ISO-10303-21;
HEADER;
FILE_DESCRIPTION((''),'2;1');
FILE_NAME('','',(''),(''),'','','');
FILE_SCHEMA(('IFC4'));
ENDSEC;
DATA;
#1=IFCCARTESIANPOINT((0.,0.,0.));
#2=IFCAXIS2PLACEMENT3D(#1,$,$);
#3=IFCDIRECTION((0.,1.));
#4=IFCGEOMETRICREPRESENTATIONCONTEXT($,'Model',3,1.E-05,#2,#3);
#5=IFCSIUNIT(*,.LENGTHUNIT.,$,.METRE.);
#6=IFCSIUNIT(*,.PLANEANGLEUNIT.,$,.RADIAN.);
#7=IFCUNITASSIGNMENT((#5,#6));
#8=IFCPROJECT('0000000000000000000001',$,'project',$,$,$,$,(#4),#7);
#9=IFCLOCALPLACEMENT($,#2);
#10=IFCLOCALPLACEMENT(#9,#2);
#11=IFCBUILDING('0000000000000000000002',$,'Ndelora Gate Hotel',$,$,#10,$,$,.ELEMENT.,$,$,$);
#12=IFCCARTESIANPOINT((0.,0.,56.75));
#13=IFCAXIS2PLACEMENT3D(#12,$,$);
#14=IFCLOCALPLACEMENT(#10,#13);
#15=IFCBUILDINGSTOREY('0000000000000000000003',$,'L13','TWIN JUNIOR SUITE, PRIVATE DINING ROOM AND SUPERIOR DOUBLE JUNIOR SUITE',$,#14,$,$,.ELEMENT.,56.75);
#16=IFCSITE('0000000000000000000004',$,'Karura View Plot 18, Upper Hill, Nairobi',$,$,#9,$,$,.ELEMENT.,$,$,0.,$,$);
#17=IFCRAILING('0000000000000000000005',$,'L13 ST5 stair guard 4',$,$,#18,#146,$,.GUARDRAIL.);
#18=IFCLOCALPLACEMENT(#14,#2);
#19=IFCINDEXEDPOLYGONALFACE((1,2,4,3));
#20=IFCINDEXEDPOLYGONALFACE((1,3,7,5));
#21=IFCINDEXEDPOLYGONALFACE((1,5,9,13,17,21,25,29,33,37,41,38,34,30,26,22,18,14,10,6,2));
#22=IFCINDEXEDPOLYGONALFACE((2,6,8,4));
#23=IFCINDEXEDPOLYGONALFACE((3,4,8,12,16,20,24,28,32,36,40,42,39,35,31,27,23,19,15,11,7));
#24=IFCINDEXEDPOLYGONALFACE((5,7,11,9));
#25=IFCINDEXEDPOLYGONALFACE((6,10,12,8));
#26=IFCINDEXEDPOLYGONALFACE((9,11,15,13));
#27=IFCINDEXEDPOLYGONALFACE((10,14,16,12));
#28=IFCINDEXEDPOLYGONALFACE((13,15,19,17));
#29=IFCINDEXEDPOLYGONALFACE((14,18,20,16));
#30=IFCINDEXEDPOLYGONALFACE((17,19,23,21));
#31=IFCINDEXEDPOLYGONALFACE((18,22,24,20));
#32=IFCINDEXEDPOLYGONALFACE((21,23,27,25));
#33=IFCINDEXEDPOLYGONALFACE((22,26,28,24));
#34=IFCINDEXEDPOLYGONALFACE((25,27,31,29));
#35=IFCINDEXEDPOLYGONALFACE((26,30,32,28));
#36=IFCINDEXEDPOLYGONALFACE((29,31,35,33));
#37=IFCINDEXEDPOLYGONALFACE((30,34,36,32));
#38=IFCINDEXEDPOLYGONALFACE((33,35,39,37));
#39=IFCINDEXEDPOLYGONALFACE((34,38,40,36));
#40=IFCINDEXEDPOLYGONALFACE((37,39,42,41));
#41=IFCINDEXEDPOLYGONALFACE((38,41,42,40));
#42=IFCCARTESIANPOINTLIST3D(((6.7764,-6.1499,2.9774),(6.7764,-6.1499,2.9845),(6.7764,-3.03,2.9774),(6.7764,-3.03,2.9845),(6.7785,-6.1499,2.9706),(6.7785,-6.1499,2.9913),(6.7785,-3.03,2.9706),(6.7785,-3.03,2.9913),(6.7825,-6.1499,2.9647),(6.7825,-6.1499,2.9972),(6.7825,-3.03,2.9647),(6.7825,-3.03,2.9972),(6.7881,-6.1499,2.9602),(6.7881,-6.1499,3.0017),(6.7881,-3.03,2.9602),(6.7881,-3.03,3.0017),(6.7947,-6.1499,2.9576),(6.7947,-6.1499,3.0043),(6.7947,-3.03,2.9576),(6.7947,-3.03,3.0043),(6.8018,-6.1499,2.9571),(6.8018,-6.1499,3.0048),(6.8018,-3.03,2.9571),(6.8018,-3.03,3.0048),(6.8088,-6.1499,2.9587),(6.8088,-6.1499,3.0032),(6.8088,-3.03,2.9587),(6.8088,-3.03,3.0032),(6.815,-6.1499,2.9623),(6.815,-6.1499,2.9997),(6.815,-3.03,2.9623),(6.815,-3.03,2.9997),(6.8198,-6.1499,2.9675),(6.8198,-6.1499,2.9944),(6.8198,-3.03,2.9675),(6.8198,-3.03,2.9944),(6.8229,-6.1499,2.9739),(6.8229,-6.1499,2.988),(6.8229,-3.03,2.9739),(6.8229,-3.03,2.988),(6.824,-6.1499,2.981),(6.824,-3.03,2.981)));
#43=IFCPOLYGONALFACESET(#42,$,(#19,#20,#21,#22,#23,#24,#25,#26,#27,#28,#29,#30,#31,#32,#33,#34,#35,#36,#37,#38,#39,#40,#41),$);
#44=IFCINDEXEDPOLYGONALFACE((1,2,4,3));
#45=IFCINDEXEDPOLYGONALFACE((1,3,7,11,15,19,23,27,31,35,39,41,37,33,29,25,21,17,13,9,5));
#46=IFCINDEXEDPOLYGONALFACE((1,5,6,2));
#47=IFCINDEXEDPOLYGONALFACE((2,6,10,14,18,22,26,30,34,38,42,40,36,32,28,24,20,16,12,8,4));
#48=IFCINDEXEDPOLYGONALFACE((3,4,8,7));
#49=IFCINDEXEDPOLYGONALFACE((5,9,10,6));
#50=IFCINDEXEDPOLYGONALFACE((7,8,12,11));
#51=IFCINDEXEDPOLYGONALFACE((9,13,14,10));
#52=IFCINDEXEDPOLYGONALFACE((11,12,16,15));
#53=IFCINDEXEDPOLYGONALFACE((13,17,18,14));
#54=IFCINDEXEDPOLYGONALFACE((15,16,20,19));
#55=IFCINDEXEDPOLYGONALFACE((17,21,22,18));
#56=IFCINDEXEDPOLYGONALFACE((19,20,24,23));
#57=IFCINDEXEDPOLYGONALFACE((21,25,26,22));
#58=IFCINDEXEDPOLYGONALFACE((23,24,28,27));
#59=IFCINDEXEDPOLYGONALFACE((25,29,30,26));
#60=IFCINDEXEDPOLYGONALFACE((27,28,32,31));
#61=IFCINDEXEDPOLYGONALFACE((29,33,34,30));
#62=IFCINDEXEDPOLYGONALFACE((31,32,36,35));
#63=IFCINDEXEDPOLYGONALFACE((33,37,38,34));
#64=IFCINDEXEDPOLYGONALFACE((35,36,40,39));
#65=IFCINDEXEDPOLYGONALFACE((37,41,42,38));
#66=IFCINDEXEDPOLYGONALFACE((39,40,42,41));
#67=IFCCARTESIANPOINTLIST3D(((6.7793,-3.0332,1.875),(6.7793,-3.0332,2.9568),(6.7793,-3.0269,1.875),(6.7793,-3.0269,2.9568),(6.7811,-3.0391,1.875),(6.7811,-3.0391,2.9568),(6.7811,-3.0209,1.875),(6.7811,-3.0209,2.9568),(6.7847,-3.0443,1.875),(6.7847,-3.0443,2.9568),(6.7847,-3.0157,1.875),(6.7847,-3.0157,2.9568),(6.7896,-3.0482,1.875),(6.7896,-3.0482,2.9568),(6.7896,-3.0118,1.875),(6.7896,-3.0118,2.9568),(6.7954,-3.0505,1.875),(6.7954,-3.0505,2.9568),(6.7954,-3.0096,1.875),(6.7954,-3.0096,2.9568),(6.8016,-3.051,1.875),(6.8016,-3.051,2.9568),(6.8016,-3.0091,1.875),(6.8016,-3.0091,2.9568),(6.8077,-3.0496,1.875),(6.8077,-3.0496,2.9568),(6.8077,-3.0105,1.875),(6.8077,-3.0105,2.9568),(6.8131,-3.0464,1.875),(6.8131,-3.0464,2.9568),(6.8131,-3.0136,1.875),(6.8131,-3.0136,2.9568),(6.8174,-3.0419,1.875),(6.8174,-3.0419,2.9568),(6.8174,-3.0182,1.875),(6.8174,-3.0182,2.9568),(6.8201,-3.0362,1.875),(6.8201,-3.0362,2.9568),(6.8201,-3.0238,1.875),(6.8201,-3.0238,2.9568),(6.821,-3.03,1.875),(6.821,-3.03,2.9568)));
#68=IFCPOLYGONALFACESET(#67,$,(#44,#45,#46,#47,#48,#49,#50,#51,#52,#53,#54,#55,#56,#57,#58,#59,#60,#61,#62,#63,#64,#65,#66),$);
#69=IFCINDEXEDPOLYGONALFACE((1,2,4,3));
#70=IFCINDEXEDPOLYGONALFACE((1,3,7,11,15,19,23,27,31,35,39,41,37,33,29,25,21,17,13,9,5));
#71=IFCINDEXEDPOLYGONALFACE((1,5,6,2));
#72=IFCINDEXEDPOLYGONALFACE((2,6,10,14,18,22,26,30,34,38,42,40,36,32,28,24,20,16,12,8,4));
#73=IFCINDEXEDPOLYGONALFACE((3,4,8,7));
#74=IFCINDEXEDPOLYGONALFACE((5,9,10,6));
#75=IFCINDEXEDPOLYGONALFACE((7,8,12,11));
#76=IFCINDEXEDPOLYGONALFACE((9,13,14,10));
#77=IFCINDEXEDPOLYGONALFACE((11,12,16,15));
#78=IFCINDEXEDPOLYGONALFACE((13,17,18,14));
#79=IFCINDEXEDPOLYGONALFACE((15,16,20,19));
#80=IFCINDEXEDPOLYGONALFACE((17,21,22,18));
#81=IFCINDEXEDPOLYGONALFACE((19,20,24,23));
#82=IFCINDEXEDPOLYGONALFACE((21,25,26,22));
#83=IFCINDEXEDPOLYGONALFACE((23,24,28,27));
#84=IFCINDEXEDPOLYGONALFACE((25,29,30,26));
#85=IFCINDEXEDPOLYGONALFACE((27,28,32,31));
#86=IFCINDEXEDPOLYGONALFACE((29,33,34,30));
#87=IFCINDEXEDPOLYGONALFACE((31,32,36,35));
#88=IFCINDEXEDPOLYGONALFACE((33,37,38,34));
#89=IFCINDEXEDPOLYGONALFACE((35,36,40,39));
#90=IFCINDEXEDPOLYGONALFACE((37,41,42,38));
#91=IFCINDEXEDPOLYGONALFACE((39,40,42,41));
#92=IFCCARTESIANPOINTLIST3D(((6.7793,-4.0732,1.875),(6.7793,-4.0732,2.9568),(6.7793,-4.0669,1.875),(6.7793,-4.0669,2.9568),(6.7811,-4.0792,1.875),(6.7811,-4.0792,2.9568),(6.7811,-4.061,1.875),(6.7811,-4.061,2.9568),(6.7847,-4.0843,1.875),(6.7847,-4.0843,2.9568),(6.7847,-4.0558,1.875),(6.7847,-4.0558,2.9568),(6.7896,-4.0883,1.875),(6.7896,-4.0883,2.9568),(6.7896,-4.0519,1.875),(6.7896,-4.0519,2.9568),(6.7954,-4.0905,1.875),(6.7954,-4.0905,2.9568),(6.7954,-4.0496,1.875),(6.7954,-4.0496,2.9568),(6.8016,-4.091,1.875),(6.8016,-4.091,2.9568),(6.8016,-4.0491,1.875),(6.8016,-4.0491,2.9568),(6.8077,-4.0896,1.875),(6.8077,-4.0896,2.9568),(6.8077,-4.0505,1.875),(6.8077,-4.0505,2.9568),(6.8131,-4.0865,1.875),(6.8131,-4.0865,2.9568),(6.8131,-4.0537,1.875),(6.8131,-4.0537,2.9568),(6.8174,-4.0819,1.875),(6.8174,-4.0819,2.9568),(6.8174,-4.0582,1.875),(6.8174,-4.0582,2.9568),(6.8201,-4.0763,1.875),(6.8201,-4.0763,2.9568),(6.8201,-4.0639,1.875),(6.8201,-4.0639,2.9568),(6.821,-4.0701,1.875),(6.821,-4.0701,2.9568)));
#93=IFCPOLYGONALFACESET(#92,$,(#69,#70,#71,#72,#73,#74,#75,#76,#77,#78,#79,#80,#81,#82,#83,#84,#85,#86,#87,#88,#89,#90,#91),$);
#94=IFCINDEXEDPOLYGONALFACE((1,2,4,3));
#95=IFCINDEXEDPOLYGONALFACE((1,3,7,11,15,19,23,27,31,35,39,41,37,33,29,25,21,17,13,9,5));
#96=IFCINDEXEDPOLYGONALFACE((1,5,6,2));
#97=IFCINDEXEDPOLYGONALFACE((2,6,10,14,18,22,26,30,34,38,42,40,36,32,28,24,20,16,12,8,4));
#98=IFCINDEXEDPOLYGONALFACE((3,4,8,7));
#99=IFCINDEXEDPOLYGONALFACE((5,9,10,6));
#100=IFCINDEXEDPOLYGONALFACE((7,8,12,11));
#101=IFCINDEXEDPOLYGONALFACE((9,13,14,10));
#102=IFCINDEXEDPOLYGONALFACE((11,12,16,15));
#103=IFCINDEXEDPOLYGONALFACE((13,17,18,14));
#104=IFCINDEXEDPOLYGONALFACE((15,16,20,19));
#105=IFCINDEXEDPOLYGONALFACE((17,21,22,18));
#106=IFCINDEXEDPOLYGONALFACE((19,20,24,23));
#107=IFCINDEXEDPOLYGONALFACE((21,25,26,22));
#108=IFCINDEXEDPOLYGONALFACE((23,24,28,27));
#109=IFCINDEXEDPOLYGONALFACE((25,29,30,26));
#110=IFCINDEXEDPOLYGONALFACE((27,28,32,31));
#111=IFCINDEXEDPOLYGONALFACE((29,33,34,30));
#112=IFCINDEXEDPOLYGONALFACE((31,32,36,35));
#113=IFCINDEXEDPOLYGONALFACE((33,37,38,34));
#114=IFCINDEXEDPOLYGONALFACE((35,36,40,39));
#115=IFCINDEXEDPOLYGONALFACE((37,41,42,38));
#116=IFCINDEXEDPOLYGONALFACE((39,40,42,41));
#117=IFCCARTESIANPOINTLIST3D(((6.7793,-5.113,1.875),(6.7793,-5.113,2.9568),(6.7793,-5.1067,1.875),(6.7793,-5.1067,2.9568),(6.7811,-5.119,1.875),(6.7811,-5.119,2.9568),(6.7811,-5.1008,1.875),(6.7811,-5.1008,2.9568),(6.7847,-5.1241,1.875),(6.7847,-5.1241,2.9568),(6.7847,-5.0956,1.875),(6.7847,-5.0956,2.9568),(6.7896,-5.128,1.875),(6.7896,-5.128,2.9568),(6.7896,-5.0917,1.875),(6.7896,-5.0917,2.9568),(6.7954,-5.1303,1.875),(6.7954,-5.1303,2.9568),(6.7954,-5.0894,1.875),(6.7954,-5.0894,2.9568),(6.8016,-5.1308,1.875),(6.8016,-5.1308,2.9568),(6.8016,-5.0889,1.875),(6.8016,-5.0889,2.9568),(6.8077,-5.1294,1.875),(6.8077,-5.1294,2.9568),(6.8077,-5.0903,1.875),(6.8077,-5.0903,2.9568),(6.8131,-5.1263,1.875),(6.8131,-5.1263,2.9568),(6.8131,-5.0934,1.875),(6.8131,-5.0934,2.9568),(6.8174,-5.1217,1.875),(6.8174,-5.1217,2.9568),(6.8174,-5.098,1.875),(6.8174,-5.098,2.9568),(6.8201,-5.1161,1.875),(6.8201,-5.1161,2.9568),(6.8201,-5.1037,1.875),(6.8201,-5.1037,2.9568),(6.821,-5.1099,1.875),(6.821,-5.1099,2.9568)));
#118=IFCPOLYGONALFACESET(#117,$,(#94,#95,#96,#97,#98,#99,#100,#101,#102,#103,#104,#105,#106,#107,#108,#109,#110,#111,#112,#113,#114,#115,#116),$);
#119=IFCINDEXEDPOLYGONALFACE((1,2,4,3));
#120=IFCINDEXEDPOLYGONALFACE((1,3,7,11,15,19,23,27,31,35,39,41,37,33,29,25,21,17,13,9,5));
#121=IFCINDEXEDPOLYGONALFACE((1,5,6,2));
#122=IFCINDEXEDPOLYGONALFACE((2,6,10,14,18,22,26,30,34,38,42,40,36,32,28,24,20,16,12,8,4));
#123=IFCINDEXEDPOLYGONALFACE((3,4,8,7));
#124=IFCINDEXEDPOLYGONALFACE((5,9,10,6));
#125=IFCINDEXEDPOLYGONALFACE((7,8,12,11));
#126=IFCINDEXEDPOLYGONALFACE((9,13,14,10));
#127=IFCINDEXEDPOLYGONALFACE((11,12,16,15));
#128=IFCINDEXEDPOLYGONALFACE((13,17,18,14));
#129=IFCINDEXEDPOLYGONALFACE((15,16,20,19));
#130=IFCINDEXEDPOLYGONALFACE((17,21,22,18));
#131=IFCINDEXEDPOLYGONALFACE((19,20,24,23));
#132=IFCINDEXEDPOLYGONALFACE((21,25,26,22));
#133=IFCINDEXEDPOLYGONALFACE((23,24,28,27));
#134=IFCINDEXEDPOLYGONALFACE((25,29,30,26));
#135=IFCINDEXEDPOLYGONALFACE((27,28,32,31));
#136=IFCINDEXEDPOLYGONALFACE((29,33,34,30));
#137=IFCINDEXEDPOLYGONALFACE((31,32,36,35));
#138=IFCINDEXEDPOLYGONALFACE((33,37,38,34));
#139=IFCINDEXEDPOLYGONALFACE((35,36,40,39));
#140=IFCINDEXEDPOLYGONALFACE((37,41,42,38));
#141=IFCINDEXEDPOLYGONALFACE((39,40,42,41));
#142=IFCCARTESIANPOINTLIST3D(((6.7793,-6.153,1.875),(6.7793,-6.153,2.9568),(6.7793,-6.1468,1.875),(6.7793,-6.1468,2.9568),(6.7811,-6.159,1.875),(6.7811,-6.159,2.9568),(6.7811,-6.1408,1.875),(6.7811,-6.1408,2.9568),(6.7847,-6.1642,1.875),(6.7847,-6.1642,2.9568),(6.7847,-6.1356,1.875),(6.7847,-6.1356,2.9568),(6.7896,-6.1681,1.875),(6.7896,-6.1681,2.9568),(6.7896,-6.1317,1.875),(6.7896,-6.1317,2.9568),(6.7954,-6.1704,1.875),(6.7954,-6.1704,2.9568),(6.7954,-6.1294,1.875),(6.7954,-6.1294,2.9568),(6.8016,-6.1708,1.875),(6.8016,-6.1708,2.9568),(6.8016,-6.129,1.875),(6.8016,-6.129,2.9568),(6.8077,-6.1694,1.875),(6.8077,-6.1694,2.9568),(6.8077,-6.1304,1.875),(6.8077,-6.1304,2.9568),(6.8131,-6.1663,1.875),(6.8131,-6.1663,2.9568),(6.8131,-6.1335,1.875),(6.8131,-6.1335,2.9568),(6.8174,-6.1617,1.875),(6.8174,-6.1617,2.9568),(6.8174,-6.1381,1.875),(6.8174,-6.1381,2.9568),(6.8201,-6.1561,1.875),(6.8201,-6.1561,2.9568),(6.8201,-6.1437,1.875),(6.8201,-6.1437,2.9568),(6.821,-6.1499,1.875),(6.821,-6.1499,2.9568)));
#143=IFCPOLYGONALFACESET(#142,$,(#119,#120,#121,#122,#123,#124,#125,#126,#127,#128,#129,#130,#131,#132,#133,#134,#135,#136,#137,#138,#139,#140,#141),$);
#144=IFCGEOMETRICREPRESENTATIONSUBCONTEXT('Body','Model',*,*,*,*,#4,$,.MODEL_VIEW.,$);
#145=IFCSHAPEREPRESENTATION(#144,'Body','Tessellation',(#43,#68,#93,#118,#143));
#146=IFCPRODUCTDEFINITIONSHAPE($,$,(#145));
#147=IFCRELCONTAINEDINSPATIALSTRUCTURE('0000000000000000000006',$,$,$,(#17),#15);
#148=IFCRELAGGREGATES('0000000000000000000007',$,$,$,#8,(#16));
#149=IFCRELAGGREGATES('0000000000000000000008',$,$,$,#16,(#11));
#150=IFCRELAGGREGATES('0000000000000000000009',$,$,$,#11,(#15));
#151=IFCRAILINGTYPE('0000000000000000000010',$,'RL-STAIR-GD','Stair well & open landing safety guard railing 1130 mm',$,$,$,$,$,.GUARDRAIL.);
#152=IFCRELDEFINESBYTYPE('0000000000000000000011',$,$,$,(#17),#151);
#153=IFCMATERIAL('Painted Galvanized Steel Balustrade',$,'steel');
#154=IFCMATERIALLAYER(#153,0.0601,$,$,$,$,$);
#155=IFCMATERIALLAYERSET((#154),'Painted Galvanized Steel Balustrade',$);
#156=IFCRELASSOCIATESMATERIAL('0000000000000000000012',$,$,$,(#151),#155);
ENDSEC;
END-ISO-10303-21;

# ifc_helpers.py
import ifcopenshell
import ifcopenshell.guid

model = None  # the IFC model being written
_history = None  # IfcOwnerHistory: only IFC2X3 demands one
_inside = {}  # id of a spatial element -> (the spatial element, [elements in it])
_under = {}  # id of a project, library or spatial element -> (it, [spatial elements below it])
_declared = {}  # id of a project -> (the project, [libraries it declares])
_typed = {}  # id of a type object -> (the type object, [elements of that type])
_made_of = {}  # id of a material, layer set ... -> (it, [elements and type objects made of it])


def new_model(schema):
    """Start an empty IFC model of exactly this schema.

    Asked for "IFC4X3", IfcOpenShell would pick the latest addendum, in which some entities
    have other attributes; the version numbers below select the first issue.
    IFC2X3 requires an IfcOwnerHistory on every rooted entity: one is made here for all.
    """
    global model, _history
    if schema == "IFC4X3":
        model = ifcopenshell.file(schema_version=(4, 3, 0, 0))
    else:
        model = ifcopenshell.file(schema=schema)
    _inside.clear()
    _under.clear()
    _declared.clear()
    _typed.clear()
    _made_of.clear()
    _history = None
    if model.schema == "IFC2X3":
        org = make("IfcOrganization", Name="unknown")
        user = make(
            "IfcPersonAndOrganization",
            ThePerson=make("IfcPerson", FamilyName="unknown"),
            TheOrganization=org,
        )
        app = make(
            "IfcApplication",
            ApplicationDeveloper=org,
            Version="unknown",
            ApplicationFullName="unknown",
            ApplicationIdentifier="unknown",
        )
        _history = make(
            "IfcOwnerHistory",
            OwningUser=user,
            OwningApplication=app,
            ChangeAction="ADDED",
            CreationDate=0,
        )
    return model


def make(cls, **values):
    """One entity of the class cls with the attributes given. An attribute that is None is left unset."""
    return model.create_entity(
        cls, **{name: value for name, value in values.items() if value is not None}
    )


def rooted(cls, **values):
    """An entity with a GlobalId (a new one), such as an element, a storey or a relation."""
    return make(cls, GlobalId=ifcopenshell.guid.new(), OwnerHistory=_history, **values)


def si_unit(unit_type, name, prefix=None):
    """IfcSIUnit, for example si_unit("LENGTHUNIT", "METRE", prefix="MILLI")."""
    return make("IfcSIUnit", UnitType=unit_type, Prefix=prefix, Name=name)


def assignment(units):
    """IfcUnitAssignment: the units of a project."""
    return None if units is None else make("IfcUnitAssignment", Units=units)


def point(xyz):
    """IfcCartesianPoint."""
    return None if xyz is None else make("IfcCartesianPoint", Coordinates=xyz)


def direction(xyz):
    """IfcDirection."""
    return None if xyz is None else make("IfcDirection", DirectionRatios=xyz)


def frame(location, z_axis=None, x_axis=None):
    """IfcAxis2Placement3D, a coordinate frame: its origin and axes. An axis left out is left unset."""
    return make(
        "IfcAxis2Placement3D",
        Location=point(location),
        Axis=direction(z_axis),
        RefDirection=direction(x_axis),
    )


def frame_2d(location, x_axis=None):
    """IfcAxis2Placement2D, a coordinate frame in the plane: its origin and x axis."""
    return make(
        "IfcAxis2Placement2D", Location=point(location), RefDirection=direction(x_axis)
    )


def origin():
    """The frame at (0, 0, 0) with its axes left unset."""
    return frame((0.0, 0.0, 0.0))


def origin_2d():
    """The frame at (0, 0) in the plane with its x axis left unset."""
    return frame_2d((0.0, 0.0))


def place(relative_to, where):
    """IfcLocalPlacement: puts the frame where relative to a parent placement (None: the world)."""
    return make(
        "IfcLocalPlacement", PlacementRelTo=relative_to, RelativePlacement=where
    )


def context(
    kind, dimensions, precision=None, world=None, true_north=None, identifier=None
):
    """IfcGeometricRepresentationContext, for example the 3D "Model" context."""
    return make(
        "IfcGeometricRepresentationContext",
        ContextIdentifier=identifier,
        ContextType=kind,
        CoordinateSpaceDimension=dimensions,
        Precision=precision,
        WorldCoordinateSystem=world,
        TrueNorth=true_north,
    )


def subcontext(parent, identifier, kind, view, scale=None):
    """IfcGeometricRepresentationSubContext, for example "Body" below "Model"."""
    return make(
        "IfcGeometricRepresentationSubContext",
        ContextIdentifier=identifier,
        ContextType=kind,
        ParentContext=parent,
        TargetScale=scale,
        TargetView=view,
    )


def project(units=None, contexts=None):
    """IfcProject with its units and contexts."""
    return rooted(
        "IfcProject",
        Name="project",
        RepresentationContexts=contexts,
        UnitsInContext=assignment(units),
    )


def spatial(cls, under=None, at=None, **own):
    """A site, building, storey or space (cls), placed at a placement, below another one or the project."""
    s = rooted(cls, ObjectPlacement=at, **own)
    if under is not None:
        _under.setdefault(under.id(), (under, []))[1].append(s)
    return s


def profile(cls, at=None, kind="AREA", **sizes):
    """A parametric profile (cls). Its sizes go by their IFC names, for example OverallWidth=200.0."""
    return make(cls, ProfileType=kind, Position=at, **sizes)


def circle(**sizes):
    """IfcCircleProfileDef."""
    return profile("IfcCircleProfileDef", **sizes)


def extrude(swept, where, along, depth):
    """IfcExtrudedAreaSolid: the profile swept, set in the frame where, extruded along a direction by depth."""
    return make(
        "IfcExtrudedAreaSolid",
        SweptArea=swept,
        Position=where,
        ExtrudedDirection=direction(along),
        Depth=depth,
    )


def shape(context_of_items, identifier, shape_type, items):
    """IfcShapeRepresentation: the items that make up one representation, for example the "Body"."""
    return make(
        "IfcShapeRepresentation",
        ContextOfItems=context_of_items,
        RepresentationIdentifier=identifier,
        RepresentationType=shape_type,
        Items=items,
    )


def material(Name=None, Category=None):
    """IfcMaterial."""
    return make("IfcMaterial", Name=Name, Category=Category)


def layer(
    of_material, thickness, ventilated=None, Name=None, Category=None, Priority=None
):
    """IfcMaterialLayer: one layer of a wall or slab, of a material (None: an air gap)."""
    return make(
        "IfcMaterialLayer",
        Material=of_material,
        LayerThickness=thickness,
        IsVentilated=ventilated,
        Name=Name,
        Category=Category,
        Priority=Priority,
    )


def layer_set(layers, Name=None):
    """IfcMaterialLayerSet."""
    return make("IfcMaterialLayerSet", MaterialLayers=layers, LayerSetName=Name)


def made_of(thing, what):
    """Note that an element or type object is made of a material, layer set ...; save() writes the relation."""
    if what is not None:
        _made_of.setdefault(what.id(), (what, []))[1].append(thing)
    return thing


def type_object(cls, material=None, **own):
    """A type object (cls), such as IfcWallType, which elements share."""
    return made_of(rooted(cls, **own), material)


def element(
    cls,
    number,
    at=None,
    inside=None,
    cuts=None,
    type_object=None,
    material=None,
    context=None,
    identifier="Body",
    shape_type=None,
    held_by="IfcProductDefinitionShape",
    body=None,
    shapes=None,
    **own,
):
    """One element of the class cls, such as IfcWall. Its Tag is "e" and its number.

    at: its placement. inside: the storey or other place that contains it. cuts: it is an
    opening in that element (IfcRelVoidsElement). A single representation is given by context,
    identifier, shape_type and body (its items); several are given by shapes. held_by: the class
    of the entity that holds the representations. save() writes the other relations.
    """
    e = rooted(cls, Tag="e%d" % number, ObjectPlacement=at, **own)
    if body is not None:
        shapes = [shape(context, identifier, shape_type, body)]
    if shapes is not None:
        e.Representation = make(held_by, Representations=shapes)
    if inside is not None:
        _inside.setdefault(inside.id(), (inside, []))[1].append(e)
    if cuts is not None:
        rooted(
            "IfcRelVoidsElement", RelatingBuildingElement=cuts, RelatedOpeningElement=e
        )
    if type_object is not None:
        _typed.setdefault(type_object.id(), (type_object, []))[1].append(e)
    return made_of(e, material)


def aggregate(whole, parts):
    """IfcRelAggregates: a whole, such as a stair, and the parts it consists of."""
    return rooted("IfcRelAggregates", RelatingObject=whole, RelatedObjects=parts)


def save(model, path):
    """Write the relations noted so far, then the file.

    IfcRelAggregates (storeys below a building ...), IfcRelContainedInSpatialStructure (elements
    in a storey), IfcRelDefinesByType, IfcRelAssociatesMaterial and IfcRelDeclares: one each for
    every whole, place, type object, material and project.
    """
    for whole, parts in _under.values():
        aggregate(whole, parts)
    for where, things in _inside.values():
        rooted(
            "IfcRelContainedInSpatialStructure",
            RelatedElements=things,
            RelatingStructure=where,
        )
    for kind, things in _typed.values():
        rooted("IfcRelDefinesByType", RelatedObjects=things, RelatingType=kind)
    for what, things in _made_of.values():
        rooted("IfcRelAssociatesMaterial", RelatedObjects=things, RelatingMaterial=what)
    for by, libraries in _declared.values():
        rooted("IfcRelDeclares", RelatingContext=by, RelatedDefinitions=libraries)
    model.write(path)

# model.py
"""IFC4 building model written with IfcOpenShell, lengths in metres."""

from ifc_helpers import new_model, si_unit, direction, frame, origin, origin_2d, place, context, subcontext, project, spatial, circle, extrude, material, layer, layer_set, type_object, element, save


model = new_model("IFC4")

# Units and contexts
model_context = context("Model", 3, precision=1e-05, world=origin(), true_north=direction((0.0, 1.0)))
body_context = subcontext(model_context, "Body", "Model", "MODEL_VIEW")
ifc_project = project(units=[si_unit("LENGTHUNIT", "METRE"), si_unit("PLANEANGLEUNIT", "RADIAN")], contexts=[model_context])

# Site, building, storey
site_placement = place(None, origin())
site = spatial("IfcSite", under=ifc_project, at=site_placement, Name="Karura View Plot 18, Upper Hill, Nairobi", CompositionType="ELEMENT", RefElevation=0.0)
building_placement = place(site_placement, origin())
building = spatial("IfcBuilding", under=site, at=building_placement, Name="Ndelora Gate Hotel", CompositionType="ELEMENT")
storey_placement = place(building_placement, frame((0.0, 0.0, 56.75)))
storey = spatial("IfcBuildingStorey", under=building, at=storey_placement, Name="L13", Description="TWIN JUNIOR SUITE, PRIVATE DINING ROOM AND SUPERIOR DOUBLE JUNIOR SUITE", CompositionType="ELEMENT", Elevation=56.75)

# Railing
ifc_material_1 = material(Name="Painted Galvanized Steel Balustrade", Category="steel")
ifc_layer_1 = layer(ifc_material_1, 0.0601)
ifc_layer_set_1 = layer_set([ifc_layer_1], Name="Painted Galvanized Steel Balustrade")
railing_type_1 = type_object("IfcRailingType", Name="RL-STAIR-GD", Description="Stair well & open landing safety guard railing 1130 mm", PredefinedType="GUARDRAIL", material=ifc_layer_set_1)
for number, where, name in (
    (1, (6.8, -3.03, 1.875), "L13 ST5 stair guard 4"),
):
    element("IfcRailing", number, at=place(storey_placement, frame(where)), inside=storey, type_object=railing_type_1, Name=name, PredefinedType="GUARDRAIL", context=body_context, shape_type="SweptSolid", body=[
        extrude(circle(Radius=0.0239, at=origin_2d()), frame((0.0, 0.0, 1.106), z_axis=(0.0, -1.0, 0.0), x_axis=(1.0, 0.0, 0.0)), (0.0, 0.0, 1.0), 3.1199),
        extrude(circle(Radius=0.021, at=origin_2d()), origin(), (0.0, 0.0, 1.0), 1.0818),
        extrude(circle(Radius=0.021, at=origin_2d()), frame((0.0, -1.04, 0.0)), (0.0, 0.0, 1.0), 1.0818),
        extrude(circle(Radius=0.021, at=origin_2d()), frame((0.0, -2.0798, 0.0)), (0.0, 0.0, 1.0), 1.0818),
        extrude(circle(Radius=0.021, at=origin_2d()), frame((0.0, -3.1199, 0.0)), (0.0, 0.0, 1.0), 1.0818),
    ])

save(model, "model.ifc")
